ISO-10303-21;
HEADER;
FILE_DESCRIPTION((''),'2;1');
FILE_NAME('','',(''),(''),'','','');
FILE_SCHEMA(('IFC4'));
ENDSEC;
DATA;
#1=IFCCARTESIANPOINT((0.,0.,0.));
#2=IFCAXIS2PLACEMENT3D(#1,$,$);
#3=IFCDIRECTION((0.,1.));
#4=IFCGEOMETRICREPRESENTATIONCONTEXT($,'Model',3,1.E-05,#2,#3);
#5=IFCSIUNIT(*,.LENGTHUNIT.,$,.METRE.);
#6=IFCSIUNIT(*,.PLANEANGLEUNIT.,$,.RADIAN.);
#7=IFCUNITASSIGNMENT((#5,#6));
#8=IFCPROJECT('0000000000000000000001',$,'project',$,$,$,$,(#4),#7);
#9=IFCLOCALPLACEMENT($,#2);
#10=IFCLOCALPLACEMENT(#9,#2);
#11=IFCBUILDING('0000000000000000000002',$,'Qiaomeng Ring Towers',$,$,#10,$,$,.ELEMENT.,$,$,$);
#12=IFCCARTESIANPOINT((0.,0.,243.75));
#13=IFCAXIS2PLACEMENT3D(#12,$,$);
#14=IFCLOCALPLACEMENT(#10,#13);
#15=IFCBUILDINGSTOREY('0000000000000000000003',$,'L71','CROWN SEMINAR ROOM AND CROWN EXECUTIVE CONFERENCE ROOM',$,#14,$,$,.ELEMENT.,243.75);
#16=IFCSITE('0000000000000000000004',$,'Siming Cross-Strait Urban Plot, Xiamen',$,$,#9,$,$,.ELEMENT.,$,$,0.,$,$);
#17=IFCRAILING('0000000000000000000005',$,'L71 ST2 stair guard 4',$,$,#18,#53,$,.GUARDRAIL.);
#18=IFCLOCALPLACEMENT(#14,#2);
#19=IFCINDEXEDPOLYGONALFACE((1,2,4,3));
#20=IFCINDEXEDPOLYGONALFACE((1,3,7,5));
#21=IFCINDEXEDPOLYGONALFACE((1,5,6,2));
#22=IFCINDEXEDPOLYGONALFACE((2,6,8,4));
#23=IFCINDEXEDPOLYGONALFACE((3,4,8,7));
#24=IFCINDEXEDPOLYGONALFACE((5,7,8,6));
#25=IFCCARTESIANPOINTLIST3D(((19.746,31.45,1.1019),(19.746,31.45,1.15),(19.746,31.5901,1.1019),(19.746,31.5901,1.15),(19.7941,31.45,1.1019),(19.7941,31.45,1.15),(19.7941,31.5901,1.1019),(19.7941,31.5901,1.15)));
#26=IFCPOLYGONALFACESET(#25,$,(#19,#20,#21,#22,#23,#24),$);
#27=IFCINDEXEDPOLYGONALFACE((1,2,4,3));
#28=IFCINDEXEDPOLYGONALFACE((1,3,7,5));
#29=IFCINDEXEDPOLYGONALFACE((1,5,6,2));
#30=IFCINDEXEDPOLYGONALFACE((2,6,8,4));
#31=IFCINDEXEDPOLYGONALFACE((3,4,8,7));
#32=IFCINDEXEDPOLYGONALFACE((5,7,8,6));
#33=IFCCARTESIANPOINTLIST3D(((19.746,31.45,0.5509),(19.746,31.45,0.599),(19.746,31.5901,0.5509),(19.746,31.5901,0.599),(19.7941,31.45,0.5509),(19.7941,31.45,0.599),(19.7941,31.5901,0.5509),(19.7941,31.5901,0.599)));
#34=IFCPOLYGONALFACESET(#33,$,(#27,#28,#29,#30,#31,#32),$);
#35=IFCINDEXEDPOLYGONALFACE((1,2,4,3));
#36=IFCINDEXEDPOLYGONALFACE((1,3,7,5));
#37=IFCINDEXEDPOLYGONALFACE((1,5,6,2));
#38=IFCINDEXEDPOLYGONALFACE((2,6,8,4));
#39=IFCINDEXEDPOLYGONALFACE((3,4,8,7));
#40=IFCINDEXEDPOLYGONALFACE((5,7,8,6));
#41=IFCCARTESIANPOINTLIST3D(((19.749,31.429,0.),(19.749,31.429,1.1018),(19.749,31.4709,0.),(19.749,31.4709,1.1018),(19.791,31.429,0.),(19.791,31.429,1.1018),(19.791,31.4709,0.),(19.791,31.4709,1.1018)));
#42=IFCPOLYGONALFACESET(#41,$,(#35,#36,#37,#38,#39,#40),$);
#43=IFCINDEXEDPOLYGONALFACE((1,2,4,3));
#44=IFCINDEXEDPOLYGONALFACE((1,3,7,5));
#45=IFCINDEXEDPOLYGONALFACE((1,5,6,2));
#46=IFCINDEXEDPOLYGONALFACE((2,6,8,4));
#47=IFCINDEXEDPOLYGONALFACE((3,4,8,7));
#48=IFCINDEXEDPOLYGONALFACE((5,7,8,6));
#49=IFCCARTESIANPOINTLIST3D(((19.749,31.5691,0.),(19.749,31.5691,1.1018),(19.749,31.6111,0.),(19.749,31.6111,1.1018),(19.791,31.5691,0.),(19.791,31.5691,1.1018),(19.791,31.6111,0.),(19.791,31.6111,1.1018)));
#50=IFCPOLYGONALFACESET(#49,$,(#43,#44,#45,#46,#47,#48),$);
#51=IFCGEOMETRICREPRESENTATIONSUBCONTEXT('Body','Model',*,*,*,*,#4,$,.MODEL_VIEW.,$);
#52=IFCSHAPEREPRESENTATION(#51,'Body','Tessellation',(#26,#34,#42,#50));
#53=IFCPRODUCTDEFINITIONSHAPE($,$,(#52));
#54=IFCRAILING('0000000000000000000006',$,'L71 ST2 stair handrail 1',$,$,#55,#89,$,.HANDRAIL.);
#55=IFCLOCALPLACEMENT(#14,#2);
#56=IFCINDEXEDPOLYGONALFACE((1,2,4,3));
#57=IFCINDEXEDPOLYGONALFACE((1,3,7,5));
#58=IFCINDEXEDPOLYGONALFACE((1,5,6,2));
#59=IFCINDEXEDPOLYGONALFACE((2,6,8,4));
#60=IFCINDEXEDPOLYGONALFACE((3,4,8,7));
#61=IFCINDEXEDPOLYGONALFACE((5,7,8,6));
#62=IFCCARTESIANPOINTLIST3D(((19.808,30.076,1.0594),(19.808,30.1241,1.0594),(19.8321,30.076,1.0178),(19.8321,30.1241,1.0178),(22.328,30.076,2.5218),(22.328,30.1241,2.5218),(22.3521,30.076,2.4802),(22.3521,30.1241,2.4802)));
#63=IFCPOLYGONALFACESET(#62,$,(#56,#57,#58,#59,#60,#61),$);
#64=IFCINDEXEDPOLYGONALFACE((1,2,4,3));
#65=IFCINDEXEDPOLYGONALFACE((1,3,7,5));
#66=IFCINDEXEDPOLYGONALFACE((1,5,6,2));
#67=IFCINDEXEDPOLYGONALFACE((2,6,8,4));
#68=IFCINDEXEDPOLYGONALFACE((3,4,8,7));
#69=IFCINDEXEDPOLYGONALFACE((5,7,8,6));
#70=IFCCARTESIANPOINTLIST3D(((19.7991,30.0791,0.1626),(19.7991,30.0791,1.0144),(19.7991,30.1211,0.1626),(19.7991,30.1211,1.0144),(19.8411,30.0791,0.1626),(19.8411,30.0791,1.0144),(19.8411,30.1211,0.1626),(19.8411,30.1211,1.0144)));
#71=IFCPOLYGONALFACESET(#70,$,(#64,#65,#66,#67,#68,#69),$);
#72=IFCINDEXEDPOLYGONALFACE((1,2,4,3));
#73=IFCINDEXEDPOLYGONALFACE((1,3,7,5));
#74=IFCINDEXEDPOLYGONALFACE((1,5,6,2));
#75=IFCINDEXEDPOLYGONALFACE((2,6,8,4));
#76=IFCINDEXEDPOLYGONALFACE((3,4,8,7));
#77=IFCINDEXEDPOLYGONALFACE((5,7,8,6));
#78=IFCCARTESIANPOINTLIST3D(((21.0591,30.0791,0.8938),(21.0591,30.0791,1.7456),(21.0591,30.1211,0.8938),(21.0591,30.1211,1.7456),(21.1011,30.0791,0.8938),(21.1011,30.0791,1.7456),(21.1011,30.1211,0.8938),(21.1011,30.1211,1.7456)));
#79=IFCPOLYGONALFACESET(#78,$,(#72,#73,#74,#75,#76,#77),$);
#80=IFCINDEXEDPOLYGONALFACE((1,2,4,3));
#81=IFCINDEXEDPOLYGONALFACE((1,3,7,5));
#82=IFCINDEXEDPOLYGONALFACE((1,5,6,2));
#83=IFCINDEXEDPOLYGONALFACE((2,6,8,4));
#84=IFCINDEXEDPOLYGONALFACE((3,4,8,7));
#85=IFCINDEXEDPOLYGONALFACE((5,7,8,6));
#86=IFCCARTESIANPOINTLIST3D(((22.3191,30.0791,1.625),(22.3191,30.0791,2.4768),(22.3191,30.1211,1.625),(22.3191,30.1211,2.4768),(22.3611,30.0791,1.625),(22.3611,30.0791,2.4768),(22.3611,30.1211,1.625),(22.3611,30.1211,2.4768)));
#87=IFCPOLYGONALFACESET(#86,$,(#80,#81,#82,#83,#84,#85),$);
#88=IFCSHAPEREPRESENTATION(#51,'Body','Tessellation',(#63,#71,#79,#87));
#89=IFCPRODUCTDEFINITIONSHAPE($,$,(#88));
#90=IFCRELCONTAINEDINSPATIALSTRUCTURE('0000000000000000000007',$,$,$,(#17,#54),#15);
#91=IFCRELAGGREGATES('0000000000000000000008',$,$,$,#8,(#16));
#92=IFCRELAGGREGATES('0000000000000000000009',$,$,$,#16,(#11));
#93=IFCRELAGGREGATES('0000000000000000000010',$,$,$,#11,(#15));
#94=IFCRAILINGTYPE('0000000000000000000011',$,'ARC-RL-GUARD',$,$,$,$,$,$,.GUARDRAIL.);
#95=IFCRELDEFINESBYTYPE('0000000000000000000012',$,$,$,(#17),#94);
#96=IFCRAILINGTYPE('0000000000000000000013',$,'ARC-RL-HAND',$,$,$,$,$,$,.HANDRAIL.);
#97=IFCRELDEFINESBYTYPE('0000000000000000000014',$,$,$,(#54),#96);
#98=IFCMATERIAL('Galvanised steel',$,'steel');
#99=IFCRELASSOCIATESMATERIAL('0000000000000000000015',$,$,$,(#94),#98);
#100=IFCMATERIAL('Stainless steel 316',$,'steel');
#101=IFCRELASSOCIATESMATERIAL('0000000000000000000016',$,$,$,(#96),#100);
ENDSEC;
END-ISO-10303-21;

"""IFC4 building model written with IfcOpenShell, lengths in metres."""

from ifc_helpers import new_model, si_unit, direction, frame, origin, origin_2d, place, context, subcontext, project, spatial, rectangle, extrude, material, type_object, element, save


model = new_model("IFC4")

# Units and contexts
model_context = context("Model", 3, precision=1e-05, world=origin(), true_north=direction((0.0, 1.0)))
body_context = subcontext(model_context, "Body", "Model", "MODEL_VIEW")
ifc_project = project(units=[si_unit("LENGTHUNIT", "METRE"), si_unit("PLANEANGLEUNIT", "RADIAN")], contexts=[model_context])

# Site, building, storey
site_placement = place(None, origin())
site = spatial("IfcSite", under=ifc_project, at=site_placement, Name="Siming Cross-Strait Urban Plot, Xiamen", CompositionType="ELEMENT", RefElevation=0.0)
building_placement = place(site_placement, origin())
building = spatial("IfcBuilding", under=site, at=building_placement, Name="Qiaomeng Ring Towers", CompositionType="ELEMENT")
storey_placement = place(building_placement, frame((0.0, 0.0, 243.75)))
storey = spatial("IfcBuildingStorey", under=building, at=storey_placement, Name="L71", Description="CROWN SEMINAR ROOM AND CROWN EXECUTIVE CONFERENCE ROOM", CompositionType="ELEMENT", Elevation=243.75)

# Railings
ifc_material_1 = material(Name="Galvanised steel", Category="steel")
railing_type_1 = type_object("IfcRailingType", Name="ARC-RL-GUARD", PredefinedType="GUARDRAIL", material=ifc_material_1)
railing_1_placement = place(storey_placement, frame((19.77, 31.45, 0.0)))
element("IfcRailing", 1, at=railing_1_placement, inside=storey, type_object=railing_type_1, Name="L71 ST2 stair guard 4", PredefinedType="GUARDRAIL", context=body_context, shape_type="SweptSolid", body=[
    extrude(rectangle(XDim=0.0481, YDim=0.0481, at=origin_2d()), frame((0.0, 0.0, 1.126), z_axis=(0.0, 1.0, 0.0), x_axis=(-1.0, 0.0, 0.0)), (0.0, 0.0, 1.0), 0.1401),
    extrude(rectangle(XDim=0.0481, YDim=0.0481, at=origin_2d()), frame((0.0, 0.0, 0.575), z_axis=(0.0, 1.0, 0.0), x_axis=(-1.0, 0.0, 0.0)), (0.0, 0.0, 1.0), 0.1401),
    extrude(rectangle(XDim=0.042, YDim=0.042, at=origin_2d()), origin(), (0.0, 0.0, 1.0), 1.1018),
    extrude(rectangle(XDim=0.042, YDim=0.042, at=origin_2d()), frame((0.0, 0.1401, 0.0)), (0.0, 0.0, 1.0), 1.1018),
])
ifc_material_2 = material(Name="Stainless steel 316", Category="steel")
railing_type_2 = type_object("IfcRailingType", Name="ARC-RL-HAND", PredefinedType="HANDRAIL", material=ifc_material_2)
railing_2_placement = place(storey_placement, frame((19.8201, 30.1001, 0.1626)))
element("IfcRailing", 2, at=railing_2_placement, inside=storey, type_object=railing_type_2, Name="L71 ST2 stair handrail 1", PredefinedType="HANDRAIL", context=body_context, shape_type="SweptSolid", body=[
    extrude(rectangle(XDim=0.0481, YDim=0.0481, at=origin_2d()), frame((0.0, 0.0, 0.876), z_axis=(0.864913, 0.0, 0.501921), x_axis=(0.0, 1.0, 0.0)), (0.0, 0.0, 1.0), 2.9136),
    extrude(rectangle(XDim=0.042, YDim=0.042, at=origin_2d()), origin(), (0.0, 0.0, 1.0), 0.8518),
    extrude(rectangle(XDim=0.042, YDim=0.042, at=origin_2d()), frame((1.26, 0.0, 0.7312)), (0.0, 0.0, 1.0), 0.8518),
    extrude(rectangle(XDim=0.042, YDim=0.042, at=origin_2d()), frame((2.52, 0.0, 1.4624)), (0.0, 0.0, 1.0), 0.8518),
])

save(model, "model.ifc")
